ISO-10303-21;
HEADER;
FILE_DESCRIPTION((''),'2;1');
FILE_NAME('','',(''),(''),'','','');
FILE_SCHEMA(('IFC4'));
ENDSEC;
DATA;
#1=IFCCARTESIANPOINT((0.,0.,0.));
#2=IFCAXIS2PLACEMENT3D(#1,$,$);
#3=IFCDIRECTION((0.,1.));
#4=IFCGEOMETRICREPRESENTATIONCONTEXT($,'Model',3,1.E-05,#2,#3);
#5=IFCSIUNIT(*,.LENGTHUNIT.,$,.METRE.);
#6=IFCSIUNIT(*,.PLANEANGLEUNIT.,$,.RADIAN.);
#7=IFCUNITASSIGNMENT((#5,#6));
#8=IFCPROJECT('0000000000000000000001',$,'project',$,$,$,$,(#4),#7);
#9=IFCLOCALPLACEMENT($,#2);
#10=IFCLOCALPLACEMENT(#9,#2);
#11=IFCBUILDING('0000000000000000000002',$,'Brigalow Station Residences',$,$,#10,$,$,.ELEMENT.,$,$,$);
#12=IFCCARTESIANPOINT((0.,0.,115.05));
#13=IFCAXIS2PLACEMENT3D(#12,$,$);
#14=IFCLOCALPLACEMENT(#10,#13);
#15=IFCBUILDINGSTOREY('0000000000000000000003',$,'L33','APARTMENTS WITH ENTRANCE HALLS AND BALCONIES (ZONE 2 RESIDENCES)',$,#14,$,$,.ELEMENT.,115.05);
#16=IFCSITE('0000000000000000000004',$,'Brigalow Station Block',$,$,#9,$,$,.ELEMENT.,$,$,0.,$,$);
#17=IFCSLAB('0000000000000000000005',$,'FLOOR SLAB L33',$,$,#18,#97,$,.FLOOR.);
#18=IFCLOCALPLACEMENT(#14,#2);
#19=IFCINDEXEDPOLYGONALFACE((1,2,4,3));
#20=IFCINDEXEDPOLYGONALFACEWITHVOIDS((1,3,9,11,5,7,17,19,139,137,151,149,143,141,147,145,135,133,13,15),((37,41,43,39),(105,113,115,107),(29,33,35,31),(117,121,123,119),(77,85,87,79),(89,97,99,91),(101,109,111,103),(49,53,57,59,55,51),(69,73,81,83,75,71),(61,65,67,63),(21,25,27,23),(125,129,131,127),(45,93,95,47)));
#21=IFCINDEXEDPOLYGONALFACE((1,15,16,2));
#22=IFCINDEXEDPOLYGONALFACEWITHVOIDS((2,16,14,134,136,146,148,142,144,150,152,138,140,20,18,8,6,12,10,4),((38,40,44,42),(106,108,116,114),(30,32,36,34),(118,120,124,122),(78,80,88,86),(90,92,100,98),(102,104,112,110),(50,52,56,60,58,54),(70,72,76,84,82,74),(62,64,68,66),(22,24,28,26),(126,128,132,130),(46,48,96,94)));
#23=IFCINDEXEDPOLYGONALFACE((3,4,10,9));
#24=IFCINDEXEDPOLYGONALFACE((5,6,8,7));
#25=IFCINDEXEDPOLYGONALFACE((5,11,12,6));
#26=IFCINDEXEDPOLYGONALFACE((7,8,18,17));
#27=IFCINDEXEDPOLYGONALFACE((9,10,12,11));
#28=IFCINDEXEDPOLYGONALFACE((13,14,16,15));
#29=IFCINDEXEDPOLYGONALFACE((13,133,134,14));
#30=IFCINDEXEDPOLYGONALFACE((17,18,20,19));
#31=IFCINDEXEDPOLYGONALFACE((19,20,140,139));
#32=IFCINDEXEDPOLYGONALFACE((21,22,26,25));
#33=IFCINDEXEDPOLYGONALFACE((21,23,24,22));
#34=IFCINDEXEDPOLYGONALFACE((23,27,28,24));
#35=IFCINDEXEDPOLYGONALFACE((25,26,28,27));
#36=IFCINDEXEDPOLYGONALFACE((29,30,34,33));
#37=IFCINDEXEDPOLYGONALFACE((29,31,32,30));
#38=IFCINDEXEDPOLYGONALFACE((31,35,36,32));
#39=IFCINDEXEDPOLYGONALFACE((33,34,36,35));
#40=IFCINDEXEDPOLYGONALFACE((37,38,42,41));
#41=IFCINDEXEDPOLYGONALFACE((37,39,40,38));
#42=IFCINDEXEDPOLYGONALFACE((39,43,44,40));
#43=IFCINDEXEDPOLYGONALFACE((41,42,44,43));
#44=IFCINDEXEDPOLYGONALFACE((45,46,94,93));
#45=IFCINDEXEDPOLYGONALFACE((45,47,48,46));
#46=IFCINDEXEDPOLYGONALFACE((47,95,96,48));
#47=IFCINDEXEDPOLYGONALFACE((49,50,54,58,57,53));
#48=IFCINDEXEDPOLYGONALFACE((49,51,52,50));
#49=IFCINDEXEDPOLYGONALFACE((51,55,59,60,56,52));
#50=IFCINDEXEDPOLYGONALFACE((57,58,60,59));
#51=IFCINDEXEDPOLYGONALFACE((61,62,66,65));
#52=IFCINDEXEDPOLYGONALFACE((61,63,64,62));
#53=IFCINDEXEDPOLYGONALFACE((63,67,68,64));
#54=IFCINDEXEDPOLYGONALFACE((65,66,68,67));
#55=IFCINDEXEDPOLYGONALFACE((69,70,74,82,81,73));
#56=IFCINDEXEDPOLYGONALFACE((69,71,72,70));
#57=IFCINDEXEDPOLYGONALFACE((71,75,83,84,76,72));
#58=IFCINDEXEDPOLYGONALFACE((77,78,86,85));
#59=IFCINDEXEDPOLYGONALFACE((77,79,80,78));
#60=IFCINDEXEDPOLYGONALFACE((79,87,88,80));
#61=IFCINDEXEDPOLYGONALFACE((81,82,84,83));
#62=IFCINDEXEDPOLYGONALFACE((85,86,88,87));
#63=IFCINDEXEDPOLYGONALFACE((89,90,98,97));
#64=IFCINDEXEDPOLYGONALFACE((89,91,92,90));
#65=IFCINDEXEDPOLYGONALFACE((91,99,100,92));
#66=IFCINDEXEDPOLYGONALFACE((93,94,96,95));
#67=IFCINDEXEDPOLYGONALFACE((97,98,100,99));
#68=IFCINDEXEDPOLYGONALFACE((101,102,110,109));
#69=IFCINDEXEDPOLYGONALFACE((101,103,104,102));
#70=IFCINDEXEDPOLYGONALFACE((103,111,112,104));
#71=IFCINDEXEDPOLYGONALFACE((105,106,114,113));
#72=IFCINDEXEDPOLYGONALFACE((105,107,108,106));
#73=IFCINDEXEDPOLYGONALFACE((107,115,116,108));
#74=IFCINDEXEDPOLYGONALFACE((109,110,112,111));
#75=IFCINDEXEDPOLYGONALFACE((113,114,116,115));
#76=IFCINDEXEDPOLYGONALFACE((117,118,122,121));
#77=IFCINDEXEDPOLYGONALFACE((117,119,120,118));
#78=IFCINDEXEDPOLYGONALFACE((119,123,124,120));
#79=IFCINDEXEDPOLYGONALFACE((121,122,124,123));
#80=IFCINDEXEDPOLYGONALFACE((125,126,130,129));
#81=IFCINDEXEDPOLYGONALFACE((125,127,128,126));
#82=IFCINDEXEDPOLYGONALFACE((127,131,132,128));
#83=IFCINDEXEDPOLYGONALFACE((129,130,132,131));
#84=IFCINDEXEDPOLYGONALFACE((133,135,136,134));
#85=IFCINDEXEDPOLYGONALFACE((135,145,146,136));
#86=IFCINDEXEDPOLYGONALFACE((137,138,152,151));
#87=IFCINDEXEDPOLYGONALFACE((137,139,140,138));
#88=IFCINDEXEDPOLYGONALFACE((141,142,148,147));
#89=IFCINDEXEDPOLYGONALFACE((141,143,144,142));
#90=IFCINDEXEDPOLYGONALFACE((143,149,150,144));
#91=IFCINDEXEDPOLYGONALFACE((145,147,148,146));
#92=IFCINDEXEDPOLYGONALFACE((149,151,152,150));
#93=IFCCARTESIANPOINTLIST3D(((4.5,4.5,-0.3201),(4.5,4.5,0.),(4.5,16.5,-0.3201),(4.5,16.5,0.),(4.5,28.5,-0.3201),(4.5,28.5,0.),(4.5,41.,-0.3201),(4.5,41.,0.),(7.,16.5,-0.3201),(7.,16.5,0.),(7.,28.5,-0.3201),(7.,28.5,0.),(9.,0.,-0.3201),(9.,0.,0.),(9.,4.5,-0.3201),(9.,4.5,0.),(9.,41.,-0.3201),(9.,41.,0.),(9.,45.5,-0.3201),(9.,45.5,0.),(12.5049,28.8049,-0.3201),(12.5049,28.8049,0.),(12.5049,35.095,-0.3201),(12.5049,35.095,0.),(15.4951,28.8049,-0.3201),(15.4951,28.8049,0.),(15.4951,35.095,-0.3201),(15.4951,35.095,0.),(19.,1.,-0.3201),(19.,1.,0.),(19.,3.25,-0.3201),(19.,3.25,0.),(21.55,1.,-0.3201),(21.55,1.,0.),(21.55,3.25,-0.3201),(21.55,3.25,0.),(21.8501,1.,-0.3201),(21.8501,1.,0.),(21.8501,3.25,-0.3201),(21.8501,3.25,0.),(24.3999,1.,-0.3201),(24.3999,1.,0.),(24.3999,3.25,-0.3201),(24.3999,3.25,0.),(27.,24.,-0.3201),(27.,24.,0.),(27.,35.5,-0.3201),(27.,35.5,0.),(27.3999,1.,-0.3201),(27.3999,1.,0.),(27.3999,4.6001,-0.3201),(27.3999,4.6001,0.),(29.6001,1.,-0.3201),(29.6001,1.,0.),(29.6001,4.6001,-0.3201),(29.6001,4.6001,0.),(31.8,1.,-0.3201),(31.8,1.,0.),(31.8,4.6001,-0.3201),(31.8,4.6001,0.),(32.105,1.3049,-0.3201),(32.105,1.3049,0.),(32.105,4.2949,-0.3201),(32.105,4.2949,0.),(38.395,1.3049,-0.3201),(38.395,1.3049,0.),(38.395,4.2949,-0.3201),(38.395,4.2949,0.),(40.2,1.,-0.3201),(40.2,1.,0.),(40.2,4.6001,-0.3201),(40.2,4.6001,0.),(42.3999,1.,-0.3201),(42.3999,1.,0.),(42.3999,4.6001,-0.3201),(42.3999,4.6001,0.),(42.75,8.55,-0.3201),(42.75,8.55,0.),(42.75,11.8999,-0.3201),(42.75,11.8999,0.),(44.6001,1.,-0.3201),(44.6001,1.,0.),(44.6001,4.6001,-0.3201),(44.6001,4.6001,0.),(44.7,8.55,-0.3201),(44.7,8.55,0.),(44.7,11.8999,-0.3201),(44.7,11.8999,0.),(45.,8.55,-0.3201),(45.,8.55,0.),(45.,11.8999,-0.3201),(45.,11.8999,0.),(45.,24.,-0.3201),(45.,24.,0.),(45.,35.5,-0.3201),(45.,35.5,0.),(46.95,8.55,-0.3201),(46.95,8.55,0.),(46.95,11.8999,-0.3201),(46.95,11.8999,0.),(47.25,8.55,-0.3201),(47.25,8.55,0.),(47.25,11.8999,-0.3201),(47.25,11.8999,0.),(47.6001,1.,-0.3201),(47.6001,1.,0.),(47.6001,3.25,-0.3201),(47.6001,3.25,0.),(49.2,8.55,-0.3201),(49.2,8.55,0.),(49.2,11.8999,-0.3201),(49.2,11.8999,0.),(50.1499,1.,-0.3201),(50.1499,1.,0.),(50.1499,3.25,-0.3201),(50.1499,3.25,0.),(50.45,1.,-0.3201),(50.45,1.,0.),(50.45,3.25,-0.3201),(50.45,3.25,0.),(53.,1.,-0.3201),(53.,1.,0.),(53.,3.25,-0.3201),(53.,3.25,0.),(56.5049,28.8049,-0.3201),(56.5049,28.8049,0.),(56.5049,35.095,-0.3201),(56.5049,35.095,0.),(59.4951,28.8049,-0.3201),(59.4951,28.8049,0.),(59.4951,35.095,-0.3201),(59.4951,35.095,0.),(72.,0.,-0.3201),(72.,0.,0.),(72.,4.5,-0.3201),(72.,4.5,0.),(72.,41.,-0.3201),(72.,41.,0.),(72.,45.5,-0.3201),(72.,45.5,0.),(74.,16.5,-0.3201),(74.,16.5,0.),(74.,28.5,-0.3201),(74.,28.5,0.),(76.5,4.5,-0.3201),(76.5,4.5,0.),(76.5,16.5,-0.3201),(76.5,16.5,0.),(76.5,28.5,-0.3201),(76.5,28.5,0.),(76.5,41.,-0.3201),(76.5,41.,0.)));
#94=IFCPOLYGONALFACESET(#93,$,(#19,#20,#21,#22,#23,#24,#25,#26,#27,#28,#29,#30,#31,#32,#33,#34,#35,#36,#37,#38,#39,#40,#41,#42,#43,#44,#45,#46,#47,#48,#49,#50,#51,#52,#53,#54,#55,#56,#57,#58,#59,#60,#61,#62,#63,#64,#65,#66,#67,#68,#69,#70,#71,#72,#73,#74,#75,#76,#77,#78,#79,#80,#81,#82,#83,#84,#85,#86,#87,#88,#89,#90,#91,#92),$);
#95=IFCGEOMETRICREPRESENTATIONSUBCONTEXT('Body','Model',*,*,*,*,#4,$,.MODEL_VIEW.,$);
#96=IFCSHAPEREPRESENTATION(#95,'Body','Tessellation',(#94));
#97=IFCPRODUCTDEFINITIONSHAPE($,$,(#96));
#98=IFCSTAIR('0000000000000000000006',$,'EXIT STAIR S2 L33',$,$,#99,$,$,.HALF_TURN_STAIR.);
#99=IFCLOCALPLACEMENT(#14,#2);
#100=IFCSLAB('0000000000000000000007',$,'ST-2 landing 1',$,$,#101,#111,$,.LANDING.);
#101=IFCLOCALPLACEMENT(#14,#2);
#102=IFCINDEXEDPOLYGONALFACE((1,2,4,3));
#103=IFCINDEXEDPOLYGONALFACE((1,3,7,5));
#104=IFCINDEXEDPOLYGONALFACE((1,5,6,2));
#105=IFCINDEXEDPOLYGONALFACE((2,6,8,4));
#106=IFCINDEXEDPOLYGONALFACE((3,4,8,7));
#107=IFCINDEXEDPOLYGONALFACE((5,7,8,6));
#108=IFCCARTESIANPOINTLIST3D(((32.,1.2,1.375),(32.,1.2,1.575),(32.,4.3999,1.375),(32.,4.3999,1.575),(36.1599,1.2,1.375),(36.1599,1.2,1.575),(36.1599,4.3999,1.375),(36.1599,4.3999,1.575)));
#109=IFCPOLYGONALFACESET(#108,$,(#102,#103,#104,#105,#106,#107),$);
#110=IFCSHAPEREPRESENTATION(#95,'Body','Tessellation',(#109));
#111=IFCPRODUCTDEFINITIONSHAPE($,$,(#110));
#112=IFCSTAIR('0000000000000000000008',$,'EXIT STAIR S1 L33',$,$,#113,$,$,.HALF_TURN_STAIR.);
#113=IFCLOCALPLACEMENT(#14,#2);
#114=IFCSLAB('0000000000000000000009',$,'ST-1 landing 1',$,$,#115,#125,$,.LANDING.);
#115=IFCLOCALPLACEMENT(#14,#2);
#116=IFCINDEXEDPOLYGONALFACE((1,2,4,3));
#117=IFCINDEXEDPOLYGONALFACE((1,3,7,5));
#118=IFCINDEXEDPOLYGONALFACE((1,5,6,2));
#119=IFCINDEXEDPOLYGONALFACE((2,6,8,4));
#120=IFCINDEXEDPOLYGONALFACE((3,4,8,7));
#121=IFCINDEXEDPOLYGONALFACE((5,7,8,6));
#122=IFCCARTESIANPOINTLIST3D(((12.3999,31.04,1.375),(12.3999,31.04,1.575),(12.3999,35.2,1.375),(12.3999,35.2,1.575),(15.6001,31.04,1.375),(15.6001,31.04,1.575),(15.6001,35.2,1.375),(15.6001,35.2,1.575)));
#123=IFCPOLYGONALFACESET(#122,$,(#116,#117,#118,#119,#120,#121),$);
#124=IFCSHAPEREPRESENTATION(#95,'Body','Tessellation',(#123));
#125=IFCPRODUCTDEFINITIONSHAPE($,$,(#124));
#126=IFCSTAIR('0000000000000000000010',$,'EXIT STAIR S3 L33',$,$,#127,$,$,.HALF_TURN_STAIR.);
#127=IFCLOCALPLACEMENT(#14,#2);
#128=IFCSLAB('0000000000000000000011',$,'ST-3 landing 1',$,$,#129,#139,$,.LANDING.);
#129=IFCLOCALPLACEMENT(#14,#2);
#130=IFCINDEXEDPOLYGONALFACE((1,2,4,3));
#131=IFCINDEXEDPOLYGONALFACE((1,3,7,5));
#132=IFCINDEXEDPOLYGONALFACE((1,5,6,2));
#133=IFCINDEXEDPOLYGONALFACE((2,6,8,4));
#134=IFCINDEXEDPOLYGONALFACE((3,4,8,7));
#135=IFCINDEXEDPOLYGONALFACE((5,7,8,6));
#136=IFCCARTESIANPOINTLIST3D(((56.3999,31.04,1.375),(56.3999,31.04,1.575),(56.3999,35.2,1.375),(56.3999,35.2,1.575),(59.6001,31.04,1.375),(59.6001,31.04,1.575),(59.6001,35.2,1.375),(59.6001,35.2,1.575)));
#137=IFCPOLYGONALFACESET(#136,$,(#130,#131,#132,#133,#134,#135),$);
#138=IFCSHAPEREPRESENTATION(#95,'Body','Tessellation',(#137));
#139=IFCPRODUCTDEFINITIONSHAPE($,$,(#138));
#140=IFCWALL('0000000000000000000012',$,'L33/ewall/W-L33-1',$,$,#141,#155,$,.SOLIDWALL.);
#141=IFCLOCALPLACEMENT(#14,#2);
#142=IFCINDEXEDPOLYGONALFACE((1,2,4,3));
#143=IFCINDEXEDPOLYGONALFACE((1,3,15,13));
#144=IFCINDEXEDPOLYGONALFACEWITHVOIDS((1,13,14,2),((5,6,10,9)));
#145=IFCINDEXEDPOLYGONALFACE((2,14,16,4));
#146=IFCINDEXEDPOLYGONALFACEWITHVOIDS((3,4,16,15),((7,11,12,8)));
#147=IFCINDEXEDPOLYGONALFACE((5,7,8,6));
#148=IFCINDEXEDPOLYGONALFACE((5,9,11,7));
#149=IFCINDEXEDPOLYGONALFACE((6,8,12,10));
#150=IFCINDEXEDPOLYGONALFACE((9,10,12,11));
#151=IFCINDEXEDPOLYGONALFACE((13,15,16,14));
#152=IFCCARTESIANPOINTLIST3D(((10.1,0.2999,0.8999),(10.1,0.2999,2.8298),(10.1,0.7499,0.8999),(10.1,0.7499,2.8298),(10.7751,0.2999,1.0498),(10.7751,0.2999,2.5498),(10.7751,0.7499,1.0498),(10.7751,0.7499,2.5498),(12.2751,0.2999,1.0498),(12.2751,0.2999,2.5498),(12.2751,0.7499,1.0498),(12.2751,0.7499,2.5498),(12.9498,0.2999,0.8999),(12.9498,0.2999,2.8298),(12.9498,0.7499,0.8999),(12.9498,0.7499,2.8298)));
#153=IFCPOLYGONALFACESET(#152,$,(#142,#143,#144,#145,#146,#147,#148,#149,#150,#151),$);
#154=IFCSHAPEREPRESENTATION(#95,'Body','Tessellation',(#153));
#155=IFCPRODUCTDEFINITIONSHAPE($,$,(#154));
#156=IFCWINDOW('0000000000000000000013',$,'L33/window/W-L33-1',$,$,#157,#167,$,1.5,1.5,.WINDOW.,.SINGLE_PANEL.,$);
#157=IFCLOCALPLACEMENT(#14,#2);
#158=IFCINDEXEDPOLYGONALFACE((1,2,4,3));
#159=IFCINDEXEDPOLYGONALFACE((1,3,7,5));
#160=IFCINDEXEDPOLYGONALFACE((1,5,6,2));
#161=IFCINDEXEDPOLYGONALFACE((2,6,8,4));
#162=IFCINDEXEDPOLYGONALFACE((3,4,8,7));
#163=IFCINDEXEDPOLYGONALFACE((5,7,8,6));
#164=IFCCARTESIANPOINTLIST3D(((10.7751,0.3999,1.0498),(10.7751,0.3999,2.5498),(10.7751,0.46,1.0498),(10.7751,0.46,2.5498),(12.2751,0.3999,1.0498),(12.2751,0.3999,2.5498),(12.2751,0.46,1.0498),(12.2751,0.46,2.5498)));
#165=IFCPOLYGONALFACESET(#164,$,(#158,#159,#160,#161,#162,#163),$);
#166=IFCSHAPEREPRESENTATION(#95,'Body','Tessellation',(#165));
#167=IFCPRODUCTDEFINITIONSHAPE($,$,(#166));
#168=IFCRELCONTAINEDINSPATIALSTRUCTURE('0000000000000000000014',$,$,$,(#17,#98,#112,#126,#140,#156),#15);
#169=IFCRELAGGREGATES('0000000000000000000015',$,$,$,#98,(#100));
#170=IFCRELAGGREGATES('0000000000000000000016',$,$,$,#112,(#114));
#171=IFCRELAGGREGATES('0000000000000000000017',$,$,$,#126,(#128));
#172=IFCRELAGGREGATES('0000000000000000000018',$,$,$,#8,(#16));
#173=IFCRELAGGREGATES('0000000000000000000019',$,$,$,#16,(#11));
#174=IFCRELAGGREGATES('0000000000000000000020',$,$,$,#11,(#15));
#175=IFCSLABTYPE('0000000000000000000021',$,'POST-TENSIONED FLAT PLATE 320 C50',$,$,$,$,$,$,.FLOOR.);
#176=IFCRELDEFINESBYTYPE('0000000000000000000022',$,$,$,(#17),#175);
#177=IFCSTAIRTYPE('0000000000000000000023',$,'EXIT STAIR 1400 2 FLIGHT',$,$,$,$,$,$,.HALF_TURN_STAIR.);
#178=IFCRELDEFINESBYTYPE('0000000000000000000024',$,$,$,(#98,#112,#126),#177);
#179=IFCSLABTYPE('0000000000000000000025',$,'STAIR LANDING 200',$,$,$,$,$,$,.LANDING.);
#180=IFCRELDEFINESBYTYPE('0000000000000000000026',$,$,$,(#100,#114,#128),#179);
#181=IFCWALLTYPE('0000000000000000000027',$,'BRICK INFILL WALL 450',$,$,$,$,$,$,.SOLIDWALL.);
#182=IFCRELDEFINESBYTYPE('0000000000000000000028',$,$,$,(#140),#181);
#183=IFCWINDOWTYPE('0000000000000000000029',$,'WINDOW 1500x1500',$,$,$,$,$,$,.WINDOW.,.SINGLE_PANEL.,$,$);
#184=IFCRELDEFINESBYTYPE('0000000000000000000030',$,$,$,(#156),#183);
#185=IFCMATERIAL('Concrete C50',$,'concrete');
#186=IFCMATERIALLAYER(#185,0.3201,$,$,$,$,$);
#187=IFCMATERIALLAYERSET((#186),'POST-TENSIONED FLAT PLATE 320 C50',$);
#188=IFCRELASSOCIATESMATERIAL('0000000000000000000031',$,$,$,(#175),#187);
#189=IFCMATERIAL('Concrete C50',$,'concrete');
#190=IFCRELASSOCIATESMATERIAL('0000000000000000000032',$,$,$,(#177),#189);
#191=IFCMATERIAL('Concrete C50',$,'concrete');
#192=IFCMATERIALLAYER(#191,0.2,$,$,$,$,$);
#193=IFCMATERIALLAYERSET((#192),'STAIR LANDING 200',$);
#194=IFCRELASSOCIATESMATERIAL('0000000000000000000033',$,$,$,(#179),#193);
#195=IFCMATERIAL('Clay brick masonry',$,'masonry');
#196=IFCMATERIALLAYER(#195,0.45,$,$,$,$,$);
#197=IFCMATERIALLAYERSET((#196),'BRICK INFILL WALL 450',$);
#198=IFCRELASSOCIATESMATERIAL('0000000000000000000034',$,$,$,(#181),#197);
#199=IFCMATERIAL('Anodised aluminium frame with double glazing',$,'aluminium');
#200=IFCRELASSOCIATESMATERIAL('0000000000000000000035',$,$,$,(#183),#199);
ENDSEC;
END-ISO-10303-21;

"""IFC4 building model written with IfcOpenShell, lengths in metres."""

from ifc_helpers import new_model, si_unit, direction, frame, frame_2d, origin, place, context, subcontext, project, spatial, polyline, rectangle, outline, extrude, material, layer, layer_set, type_object, element, fill, aggregate, save


model = new_model("IFC4")

# Units and contexts
model_context = context("Model", 3, precision=1e-05, world=origin(), true_north=direction((0.0, 1.0)))
body_context = subcontext(model_context, "Body", "Model", "MODEL_VIEW")
ifc_project = project(units=[si_unit("LENGTHUNIT", "METRE"), si_unit("PLANEANGLEUNIT", "RADIAN")], contexts=[model_context])

# Site, building, storey
site_placement = place(None, origin())
site = spatial("IfcSite", under=ifc_project, at=site_placement, Name="Brigalow Station Block", CompositionType="ELEMENT", RefElevation=0.0)
building_placement = place(site_placement, origin())
building = spatial("IfcBuilding", under=site, at=building_placement, Name="Brigalow Station Residences", CompositionType="ELEMENT")
storey_placement = place(building_placement, frame((0.0, 0.0, 115.05)))
storey = spatial("IfcBuildingStorey", under=building, at=storey_placement, Name="L33", Description="APARTMENTS WITH ENTRANCE HALLS AND BALCONIES (ZONE 2 RESIDENCES)", CompositionType="ELEMENT", Elevation=115.05)

# Slab
ifc_material_1 = material(Name="Concrete C50", Category="concrete")
ifc_layer_1 = layer(ifc_material_1, 0.3201)
ifc_layer_set_1 = layer_set([ifc_layer_1], Name="POST-TENSIONED FLAT PLATE 320 C50")
slab_type_1 = type_object("IfcSlabType", Name="POST-TENSIONED FLAT PLATE 320 C50", PredefinedType="FLOOR", material=ifc_layer_set_1)
slab_1_placement = place(storey_placement, frame((0.0, 0.0, -0.3201)))
element("IfcSlab", 1, at=slab_1_placement, inside=storey, type_object=slab_type_1, Name="FLOOR SLAB L33", PredefinedType="FLOOR", context=body_context, shape_type="SweptSolid", body=[
    extrude(outline(polyline([(9.0, 0.0), (72.0, 0.0), (72.0, 4.5), (76.5, 4.5), (76.5, 16.5), (74.0, 16.5), (74.0, 28.5), (76.5, 28.5), (76.5, 41.0), (72.0, 41.0), (72.0, 45.5), (9.0, 45.5), (9.0, 41.0), (4.5, 41.0), (4.5, 28.5), (7.0, 28.5), (7.0, 16.5), (4.5, 16.5), (4.5, 4.5), (9.0, 4.5), (9.0, 0.0)]), holes=[polyline([(12.5049, 35.095), (15.4951, 35.095), (15.4951, 28.8049), (12.5049, 28.8049), (12.5049, 35.095)]), polyline([(19.0, 1.0), (19.0, 3.25), (21.55, 3.25), (21.55, 1.0), (19.0, 1.0)]), polyline([(21.8501, 3.25), (24.3999, 3.25), (24.3999, 1.0), (21.8501, 1.0), (21.8501, 3.25)]), polyline([(27.0, 35.5), (45.0, 35.5), (45.0, 24.0), (27.0, 24.0), (27.0, 35.5)]), polyline([(29.6001, 4.6001), (31.8, 4.6001), (31.8, 1.0), (29.6001, 1.0), (27.3999, 1.0), (27.3999, 4.6001), (29.6001, 4.6001)]), polyline([(32.105, 4.2949), (38.395, 4.2949), (38.395, 1.3049), (32.105, 1.3049), (32.105, 4.2949)]), polyline([(40.2, 4.6001), (42.3999, 4.6001), (44.6001, 4.6001), (44.6001, 1.0), (42.3999, 1.0), (40.2, 1.0), (40.2, 4.6001)]), polyline([(42.75, 11.8999), (44.7, 11.8999), (44.7, 8.55), (42.75, 8.55), (42.75, 11.8999)]), polyline([(45.0, 11.8999), (46.95, 11.8999), (46.95, 8.55), (45.0, 8.55), (45.0, 11.8999)]), polyline([(47.25, 11.8999), (49.2, 11.8999), (49.2, 8.55), (47.25, 8.55), (47.25, 11.8999)]), polyline([(47.6001, 3.25), (50.1499, 3.25), (50.1499, 1.0), (47.6001, 1.0), (47.6001, 3.25)]), polyline([(50.45, 3.25), (53.0, 3.25), (53.0, 1.0), (50.45, 1.0), (50.45, 3.25)]), polyline([(56.5049, 35.095), (59.4951, 35.095), (59.4951, 28.8049), (56.5049, 28.8049), (56.5049, 35.095)])]), origin(), (0.0, 0.0, 1.0), 0.3201),
])

# Stairs, slabs
ifc_material_2 = material(Name="Concrete C50", Category="concrete")
stair_type = type_object("IfcStairType", Name="EXIT STAIR 1400 2 FLIGHT", PredefinedType="HALF_TURN_STAIR", material=ifc_material_2)
stair_1_placement = place(storey_placement, origin())
stair_1 = element("IfcStair", 2, at=stair_1_placement, inside=storey, type_object=stair_type, Name="EXIT STAIR S2 L33", PredefinedType="HALF_TURN_STAIR")
ifc_material_3 = material(Name="Concrete C50", Category="concrete")
ifc_layer_2 = layer(ifc_material_3, 0.2)
ifc_layer_set_2 = layer_set([ifc_layer_2], Name="STAIR LANDING 200")
slab_type_2 = type_object("IfcSlabType", Name="STAIR LANDING 200", PredefinedType="LANDING", material=ifc_layer_set_2)
slab_2_placement = place(storey_placement, frame((0.0, 0.0, 1.375)))
slab_2 = element("IfcSlab", 3, at=slab_2_placement, type_object=slab_type_2, Name="ST-2 landing 1", PredefinedType="LANDING", context=body_context, shape_type="SweptSolid", body=[
    extrude(outline(polyline([(32.0, 1.2), (36.1599, 1.2), (36.1599, 4.3999), (32.0, 4.3999), (32.0, 1.2)])), origin(), (0.0, 0.0, 1.0), 0.2),
])
aggregate(stair_1, [slab_2])
stair_2_placement = place(storey_placement, origin())
stair_2 = element("IfcStair", 4, at=stair_2_placement, inside=storey, type_object=stair_type, Name="EXIT STAIR S1 L33", PredefinedType="HALF_TURN_STAIR")
slab_3_placement = place(storey_placement, frame((0.0, 0.0, 1.375)))
slab_3 = element("IfcSlab", 5, at=slab_3_placement, type_object=slab_type_2, Name="ST-1 landing 1", PredefinedType="LANDING", context=body_context, shape_type="SweptSolid", body=[
    extrude(outline(polyline([(12.3999, 31.04), (15.6001, 31.04), (15.6001, 35.2), (12.3999, 35.2), (12.3999, 31.04)])), origin(), (0.0, 0.0, 1.0), 0.2),
])
aggregate(stair_2, [slab_3])
stair_3_placement = place(storey_placement, origin())
stair_3 = element("IfcStair", 6, at=stair_3_placement, inside=storey, type_object=stair_type, Name="EXIT STAIR S3 L33", PredefinedType="HALF_TURN_STAIR")
slab_4_placement = place(storey_placement, frame((0.0, 0.0, 1.375)))
slab_4 = element("IfcSlab", 7, at=slab_4_placement, type_object=slab_type_2, Name="ST-3 landing 1", PredefinedType="LANDING", context=body_context, shape_type="SweptSolid", body=[
    extrude(outline(polyline([(56.3999, 31.04), (59.6001, 31.04), (59.6001, 35.2), (56.3999, 35.2), (56.3999, 31.04)])), origin(), (0.0, 0.0, 1.0), 0.2),
])
aggregate(stair_3, [slab_4])

# Wall, opening, window
ifc_material_4 = material(Name="Clay brick masonry", Category="masonry")
ifc_layer_3 = layer(ifc_material_4, 0.45)
ifc_layer_set_3 = layer_set([ifc_layer_3], Name="BRICK INFILL WALL 450")
wall_type_1 = type_object("IfcWallType", Name="BRICK INFILL WALL 450", PredefinedType="SOLIDWALL", material=ifc_layer_set_3)
wall_1_placement = place(storey_placement, frame((10.1001, 0.5249, 0.8999), z_axis=(0.0, 0.0, 1.0), x_axis=(1.0, 0.0, 0.0)))
wall_1 = element("IfcWall", 8, at=wall_1_placement, inside=storey, type_object=wall_type_1, Name="L33/ewall/W-L33-1", PredefinedType="SOLIDWALL", context=body_context, shape_type="SweptSolid", body=[
    extrude(rectangle(XDim=2.8499, YDim=0.45, at=frame_2d((1.4248, 0.0))), origin(), (0.0, 0.0, 1.0), 1.9299),
])
opening_1_placement = place(wall_1_placement, frame((0.675, 0.0, 0.1499)))
opening_1 = element("IfcOpeningElement", 9, at=opening_1_placement, cuts=wall_1, PredefinedType="OPENING", context=body_context, shape_type="SweptSolid", body=[
    extrude(rectangle(XDim=1.5, YDim=1.5, at=frame_2d((0.75, 0.75))), frame((0.0, 0.2349, 0.0), z_axis=(0.0, -1.0, 0.0), x_axis=(1.0, 0.0, 0.0)), (0.0, 0.0, 1.0), 0.47),
])
ifc_material_5 = material(Name="Anodised aluminium frame with double glazing", Category="aluminium")
window_type_1 = type_object("IfcWindowType", Name="WINDOW 1500x1500", PartitioningType="SINGLE_PANEL", PredefinedType="WINDOW", material=ifc_material_5)
window_1_placement = place(opening_1_placement, origin())
window_1 = element("IfcWindow", 10, at=window_1_placement, inside=storey, type_object=window_type_1, Name="L33/window/W-L33-1", OverallHeight=1.5, OverallWidth=1.5, PartitioningType="SINGLE_PANEL", PredefinedType="WINDOW", context=body_context, shape_type="SweptSolid", body=[
    extrude(rectangle(XDim=1.5, YDim=1.5, at=frame_2d((0.75, 0.75))), frame((0.0, -0.0649, 0.0), z_axis=(0.0, -1.0, 0.0), x_axis=(1.0, 0.0, 0.0)), (0.0, 0.0, 1.0), 0.0601),
])
fill(opening_1, window_1)

save(model, "model.ifc")
